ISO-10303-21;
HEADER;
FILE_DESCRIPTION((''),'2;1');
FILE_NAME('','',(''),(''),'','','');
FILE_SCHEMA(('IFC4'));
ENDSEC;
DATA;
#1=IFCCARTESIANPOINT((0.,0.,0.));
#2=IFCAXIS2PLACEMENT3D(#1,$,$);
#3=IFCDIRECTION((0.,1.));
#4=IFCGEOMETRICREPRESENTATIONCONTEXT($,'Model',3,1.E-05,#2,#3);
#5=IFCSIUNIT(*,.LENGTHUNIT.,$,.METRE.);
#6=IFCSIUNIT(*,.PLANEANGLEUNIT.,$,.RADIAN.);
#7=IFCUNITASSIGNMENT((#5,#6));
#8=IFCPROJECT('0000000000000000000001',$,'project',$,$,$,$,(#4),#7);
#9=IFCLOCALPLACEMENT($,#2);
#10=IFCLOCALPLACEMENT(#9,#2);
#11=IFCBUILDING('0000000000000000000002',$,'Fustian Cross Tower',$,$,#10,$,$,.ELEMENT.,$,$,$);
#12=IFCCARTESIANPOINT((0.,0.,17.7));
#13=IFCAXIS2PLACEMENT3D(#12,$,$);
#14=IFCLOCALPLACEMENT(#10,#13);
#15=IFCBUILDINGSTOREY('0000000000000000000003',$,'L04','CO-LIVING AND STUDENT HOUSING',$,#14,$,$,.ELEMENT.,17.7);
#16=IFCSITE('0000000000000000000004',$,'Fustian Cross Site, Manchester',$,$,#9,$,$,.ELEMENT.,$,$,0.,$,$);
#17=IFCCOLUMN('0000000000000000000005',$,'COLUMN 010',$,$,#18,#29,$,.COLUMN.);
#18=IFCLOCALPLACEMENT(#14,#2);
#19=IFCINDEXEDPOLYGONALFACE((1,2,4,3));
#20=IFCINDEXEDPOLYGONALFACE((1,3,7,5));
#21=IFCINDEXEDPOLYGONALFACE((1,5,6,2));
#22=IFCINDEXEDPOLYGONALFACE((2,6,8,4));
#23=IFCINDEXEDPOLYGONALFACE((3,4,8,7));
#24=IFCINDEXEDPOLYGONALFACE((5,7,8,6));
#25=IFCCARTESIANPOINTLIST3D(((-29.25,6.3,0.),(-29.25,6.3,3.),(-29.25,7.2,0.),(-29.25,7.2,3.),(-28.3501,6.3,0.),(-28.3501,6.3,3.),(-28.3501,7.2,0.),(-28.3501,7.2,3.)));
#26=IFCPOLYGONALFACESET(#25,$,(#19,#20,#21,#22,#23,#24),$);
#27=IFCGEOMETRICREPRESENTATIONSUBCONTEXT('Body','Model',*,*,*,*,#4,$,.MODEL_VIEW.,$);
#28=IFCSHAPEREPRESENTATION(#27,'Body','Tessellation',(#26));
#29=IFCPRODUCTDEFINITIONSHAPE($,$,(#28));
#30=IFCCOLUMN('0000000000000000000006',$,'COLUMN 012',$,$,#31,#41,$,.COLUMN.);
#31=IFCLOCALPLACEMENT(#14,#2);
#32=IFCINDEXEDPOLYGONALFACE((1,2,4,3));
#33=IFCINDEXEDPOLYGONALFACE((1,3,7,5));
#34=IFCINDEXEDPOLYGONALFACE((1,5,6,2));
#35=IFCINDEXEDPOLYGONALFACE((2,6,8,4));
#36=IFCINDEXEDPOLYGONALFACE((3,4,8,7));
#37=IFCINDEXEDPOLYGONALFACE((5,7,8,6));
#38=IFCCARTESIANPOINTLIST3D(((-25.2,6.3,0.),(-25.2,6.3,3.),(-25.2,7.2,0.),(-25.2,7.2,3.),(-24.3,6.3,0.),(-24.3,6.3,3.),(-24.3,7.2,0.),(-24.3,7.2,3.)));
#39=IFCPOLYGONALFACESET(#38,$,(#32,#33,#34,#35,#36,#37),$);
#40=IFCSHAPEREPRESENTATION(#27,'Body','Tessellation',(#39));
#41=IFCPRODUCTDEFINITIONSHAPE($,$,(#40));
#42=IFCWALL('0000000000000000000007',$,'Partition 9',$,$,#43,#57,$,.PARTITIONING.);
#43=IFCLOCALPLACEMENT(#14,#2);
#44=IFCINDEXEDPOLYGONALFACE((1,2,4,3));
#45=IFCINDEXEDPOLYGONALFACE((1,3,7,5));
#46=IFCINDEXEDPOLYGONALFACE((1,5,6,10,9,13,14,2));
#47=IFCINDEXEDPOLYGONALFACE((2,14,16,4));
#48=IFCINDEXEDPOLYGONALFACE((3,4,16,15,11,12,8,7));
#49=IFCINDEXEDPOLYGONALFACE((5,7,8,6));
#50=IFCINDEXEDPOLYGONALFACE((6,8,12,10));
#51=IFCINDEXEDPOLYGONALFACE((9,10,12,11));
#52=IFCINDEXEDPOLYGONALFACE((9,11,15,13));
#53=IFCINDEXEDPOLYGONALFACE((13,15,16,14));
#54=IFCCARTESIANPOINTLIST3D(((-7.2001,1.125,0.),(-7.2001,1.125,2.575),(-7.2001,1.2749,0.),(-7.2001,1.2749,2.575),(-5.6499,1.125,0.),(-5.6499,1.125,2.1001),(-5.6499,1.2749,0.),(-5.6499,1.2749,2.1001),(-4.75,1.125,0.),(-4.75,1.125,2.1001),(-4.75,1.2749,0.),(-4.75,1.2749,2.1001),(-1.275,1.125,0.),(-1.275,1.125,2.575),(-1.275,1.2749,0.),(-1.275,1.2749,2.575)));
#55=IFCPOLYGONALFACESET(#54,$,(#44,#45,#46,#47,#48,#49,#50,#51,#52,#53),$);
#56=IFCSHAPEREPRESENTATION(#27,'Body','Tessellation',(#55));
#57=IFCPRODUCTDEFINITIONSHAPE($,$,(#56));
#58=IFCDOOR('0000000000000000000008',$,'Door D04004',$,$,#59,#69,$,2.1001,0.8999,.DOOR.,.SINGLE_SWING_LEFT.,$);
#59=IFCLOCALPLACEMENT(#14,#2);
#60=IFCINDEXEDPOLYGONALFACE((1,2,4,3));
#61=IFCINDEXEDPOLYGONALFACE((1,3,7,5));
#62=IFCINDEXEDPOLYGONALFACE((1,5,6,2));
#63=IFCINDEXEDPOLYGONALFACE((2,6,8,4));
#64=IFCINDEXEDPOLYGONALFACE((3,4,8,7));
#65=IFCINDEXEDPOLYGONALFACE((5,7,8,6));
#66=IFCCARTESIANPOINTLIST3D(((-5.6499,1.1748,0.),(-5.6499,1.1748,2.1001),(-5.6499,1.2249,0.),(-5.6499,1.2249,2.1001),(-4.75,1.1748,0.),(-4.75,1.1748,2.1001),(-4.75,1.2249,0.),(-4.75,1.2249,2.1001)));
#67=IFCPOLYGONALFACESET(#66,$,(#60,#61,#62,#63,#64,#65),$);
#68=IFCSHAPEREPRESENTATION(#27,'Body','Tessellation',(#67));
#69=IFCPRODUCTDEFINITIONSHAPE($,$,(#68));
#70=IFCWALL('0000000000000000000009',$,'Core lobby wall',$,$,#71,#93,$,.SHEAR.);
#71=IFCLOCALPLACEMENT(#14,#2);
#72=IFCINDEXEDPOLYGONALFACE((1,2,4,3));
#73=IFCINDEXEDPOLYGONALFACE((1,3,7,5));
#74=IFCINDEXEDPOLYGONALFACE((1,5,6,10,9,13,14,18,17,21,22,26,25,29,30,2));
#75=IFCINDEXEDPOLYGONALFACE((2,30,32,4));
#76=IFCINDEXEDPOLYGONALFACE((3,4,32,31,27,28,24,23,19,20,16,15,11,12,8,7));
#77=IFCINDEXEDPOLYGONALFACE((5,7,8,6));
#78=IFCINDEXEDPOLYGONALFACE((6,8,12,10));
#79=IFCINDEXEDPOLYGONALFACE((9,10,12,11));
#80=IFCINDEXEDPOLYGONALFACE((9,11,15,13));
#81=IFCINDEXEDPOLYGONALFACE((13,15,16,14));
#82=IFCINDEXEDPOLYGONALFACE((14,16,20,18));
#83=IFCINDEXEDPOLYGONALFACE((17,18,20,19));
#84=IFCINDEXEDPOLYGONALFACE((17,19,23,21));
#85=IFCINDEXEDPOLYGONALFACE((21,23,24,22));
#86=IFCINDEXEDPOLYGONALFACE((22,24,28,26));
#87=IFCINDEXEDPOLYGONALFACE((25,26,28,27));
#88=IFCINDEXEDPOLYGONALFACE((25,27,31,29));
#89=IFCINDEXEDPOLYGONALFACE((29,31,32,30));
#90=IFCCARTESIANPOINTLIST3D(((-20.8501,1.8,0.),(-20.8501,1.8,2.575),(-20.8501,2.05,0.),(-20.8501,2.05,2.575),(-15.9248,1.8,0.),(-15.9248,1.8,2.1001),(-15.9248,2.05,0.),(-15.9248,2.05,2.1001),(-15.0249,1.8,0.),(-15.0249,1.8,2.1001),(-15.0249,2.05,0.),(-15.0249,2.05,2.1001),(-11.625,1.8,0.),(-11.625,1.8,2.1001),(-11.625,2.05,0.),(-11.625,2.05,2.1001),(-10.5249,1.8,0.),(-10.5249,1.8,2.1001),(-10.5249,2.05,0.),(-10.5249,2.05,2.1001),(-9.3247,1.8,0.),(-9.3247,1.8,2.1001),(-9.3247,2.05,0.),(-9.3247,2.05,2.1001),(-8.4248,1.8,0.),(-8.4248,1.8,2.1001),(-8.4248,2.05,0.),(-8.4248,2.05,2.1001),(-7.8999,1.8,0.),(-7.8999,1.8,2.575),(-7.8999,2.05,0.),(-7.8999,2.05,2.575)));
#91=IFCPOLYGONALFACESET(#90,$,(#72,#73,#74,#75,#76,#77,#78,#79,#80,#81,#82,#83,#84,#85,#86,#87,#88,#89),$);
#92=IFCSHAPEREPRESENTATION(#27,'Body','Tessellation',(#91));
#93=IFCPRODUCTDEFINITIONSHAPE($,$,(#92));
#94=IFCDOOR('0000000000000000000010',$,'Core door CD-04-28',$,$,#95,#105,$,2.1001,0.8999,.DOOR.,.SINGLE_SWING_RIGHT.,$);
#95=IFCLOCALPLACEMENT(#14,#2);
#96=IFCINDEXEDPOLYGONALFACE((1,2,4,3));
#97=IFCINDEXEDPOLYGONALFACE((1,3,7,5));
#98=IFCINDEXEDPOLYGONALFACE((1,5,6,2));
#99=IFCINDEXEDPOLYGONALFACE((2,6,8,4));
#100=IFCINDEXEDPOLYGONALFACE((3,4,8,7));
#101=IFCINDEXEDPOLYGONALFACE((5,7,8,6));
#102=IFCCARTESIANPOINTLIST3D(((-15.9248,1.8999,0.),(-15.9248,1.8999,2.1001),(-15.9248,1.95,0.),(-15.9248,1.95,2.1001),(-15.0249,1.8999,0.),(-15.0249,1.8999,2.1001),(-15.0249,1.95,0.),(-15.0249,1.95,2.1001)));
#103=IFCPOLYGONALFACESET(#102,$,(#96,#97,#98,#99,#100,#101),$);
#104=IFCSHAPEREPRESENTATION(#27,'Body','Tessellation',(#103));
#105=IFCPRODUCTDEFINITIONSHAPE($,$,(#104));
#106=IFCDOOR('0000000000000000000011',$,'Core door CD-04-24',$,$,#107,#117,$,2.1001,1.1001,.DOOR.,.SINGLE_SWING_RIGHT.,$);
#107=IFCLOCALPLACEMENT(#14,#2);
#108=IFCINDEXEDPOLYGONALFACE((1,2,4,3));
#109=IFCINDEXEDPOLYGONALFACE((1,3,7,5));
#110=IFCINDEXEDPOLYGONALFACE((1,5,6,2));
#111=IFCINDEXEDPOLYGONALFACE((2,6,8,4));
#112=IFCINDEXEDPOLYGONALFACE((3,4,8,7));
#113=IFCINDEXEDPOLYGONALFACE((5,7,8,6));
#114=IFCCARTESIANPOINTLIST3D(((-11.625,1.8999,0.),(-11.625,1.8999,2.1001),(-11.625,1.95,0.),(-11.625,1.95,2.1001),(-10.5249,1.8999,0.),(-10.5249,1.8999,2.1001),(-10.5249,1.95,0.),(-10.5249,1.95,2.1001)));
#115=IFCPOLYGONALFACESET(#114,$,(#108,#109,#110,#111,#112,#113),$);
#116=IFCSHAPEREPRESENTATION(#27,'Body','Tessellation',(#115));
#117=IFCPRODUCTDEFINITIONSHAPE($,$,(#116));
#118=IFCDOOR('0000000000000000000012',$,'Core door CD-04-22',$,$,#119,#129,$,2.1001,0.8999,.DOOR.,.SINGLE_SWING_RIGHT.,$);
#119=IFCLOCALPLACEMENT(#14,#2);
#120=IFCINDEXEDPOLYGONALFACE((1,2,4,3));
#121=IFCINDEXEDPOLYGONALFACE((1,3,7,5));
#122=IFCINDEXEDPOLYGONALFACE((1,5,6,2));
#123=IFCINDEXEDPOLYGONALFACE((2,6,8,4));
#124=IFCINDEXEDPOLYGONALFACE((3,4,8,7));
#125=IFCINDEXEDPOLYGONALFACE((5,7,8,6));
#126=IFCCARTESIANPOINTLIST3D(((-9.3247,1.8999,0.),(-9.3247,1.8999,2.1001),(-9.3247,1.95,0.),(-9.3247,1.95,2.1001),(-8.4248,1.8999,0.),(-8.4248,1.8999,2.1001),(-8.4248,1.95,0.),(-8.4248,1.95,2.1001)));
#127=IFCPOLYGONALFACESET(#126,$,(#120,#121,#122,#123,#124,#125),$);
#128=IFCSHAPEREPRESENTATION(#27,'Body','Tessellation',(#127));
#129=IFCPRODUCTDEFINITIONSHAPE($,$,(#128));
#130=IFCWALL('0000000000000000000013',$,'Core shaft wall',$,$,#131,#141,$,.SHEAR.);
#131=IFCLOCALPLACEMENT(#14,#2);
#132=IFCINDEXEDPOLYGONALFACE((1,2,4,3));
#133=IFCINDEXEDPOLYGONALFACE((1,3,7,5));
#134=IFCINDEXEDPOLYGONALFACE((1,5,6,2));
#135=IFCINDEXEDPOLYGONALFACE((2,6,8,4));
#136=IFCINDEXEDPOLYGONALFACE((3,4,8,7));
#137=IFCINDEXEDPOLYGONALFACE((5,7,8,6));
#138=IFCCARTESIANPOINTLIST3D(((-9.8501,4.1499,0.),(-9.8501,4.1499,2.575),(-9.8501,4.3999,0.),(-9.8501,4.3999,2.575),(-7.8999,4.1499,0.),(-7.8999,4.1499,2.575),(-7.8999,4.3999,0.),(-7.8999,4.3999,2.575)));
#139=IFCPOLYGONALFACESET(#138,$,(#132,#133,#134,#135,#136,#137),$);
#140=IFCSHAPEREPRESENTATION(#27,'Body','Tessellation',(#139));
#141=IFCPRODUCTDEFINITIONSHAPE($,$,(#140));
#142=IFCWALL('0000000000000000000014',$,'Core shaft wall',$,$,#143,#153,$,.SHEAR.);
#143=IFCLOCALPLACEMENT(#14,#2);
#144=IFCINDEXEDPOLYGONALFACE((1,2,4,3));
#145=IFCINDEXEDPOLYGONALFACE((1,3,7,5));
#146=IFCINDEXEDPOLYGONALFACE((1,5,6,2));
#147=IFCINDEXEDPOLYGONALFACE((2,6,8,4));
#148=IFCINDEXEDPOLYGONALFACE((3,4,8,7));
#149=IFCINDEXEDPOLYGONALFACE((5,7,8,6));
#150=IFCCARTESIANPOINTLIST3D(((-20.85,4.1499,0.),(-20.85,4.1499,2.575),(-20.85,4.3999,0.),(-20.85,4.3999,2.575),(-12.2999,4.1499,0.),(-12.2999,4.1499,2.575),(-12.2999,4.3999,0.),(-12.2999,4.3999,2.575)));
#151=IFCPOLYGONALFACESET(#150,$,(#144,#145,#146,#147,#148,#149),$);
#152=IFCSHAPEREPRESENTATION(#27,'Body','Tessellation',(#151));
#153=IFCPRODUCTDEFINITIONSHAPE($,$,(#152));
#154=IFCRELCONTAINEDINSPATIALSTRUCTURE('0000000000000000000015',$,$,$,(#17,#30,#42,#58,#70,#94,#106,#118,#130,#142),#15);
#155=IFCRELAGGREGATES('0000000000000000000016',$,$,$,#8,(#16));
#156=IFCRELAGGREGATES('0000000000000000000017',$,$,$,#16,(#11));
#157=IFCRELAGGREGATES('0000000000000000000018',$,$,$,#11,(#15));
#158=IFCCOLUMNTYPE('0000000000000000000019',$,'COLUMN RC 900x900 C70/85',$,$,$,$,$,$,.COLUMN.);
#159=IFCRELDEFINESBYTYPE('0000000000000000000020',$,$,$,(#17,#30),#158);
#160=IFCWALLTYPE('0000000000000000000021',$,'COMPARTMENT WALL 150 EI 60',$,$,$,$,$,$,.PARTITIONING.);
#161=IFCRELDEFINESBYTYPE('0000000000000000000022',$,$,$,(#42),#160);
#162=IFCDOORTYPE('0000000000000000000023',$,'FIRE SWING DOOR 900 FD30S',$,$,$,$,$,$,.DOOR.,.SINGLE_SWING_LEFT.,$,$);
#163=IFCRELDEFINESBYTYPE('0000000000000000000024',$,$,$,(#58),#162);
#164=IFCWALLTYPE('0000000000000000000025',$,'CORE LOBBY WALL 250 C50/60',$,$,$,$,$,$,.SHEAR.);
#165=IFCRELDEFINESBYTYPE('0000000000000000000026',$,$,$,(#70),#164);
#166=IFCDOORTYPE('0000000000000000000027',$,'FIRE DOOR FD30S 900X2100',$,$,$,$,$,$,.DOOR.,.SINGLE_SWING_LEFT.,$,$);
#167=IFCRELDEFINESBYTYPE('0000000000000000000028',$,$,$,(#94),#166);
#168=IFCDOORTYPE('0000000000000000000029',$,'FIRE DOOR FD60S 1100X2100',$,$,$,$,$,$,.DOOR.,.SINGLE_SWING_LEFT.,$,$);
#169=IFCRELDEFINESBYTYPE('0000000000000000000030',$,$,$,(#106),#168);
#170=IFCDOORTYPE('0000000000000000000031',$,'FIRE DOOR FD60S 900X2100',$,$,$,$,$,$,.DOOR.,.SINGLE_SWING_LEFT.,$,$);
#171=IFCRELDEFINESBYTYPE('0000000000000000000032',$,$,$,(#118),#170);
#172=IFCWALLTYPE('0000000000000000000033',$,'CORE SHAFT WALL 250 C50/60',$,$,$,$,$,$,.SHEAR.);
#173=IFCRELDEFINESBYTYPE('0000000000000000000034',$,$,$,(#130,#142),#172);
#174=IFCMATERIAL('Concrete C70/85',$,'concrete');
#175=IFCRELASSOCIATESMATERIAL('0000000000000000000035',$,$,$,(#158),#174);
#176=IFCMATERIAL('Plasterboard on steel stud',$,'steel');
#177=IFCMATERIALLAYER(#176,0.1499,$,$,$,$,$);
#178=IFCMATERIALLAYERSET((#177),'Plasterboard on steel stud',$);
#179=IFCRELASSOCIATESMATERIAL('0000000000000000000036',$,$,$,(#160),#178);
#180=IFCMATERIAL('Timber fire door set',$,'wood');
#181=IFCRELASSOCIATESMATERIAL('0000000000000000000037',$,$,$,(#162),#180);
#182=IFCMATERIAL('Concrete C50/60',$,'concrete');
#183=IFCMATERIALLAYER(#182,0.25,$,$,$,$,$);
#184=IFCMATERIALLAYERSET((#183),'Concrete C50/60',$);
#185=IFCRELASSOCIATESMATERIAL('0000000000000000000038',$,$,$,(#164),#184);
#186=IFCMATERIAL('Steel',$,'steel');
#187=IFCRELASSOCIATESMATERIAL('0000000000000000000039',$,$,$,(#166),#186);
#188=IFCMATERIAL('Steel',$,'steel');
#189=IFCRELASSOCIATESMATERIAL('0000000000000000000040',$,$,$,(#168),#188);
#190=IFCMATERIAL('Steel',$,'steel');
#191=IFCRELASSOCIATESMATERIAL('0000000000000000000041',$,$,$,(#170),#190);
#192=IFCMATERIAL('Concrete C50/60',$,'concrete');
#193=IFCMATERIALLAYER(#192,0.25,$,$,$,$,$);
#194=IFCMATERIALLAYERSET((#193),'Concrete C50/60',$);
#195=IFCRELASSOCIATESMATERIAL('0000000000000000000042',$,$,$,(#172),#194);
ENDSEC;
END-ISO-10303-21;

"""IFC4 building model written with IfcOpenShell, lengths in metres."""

from ifc_helpers import new_model, si_unit, direction, frame, frame_2d, origin, origin_2d, place, context, subcontext, project, spatial, rectangle, extrude, material, layer, layer_set, material_profile, profile_set, type_object, element, fill, save


model = new_model("IFC4")

# Units and contexts
model_context = context("Model", 3, precision=1e-05, world=origin(), true_north=direction((0.0, 1.0)))
body_context = subcontext(model_context, "Body", "Model", "MODEL_VIEW")
ifc_project = project(units=[si_unit("LENGTHUNIT", "METRE"), si_unit("PLANEANGLEUNIT", "RADIAN")], contexts=[model_context])

# Site, building, storey
site_placement = place(None, origin())
site = spatial("IfcSite", under=ifc_project, at=site_placement, Name="Fustian Cross Site, Manchester", CompositionType="ELEMENT", RefElevation=0.0)
building_placement = place(site_placement, origin())
building = spatial("IfcBuilding", under=site, at=building_placement, Name="Fustian Cross Tower", CompositionType="ELEMENT")
storey_placement = place(building_placement, frame((0.0, 0.0, 17.7)))
storey = spatial("IfcBuildingStorey", under=building, at=storey_placement, Name="L04", Description="CO-LIVING AND STUDENT HOUSING", CompositionType="ELEMENT", Elevation=17.7)

# Columns
ifc_material_1 = material(Name="Concrete C70/85", Category="concrete")
ifc_material_profile = material_profile(ifc_material_1, rectangle(XDim=0.8999, YDim=0.8999, at=origin_2d()), Name="RC 900x900")
ifc_profile_set = profile_set([ifc_material_profile], Name="Concrete C70/85")
column_type = type_object("IfcColumnType", Name="COLUMN RC 900x900 C70/85", PredefinedType="COLUMN", material=ifc_profile_set)
for number, where, z_axis, x_axis, name in (
    (1, (-28.8, 6.75, 0.0), (0.0, 0.0, 1.0), (1.0, 0.0, 0.0), "COLUMN 010"),
    (2, (-24.75, 6.75, 0.0), (0.0, 0.0, 1.0), (1.0, 0.0, 0.0), "COLUMN 012"),
):
    element("IfcColumn", number, at=place(storey_placement, frame(where, z_axis=z_axis, x_axis=x_axis)), inside=storey, type_object=column_type, Name=name, PredefinedType="COLUMN", context=body_context, shape_type="SweptSolid", body=[
        extrude(rectangle(XDim=0.8999, YDim=0.8999, at=origin_2d()), origin(), (0.0, 0.0, 1.0), 3.0),
    ])

# Wall, opening, door
ifc_material_2 = material(Name="Plasterboard on steel stud", Category="steel")
ifc_layer_1 = layer(ifc_material_2, 0.1499)
ifc_layer_set_1 = layer_set([ifc_layer_1], Name="Plasterboard on steel stud")
wall_type_1 = type_object("IfcWallType", Name="COMPARTMENT WALL 150 EI 60", PredefinedType="PARTITIONING", material=ifc_layer_set_1)
wall_1_placement = place(storey_placement, frame((-7.2, 1.2, 0.0), z_axis=(0.0, 0.0, 1.0), x_axis=(1.0, 0.0, 0.0)))
wall_1 = element("IfcWall", 3, at=wall_1_placement, inside=storey, type_object=wall_type_1, Name="Partition 9", PredefinedType="PARTITIONING", context=body_context, shape_type="SweptSolid", body=[
    extrude(rectangle(XDim=5.925, YDim=0.1499, at=frame_2d((2.9624, 0.0))), origin(), (0.0, 0.0, 1.0), 2.575),
])
opening_1_placement = place(wall_1_placement, frame((1.55, 0.0, 0.0)))
opening_1 = element("IfcOpeningElement", 4, at=opening_1_placement, cuts=wall_1, PredefinedType="OPENING", context=body_context, shape_type="SweptSolid", body=[
    extrude(rectangle(XDim=0.8999, YDim=2.1001, at=frame_2d((0.45, 1.05))), frame((0.0, 0.085, 0.0), z_axis=(0.0, -1.0, 0.0), x_axis=(1.0, 0.0, 0.0)), (0.0, 0.0, 1.0), 0.1699),
])
ifc_material_3 = material(Name="Timber fire door set", Category="wood")
door_type_1 = type_object("IfcDoorType", Name="FIRE SWING DOOR 900 FD30S", OperationType="SINGLE_SWING_LEFT", PredefinedType="DOOR", material=ifc_material_3)
door_1_placement = place(opening_1_placement, origin())
door_1 = element("IfcDoor", 5, at=door_1_placement, inside=storey, type_object=door_type_1, Name="Door D04004", OperationType="SINGLE_SWING_LEFT", OverallHeight=2.1001, OverallWidth=0.8999, PredefinedType="DOOR", context=body_context, shape_type="SweptSolid", body=[
    extrude(rectangle(XDim=0.8999, YDim=2.1001, at=frame_2d((0.45, 1.05))), frame((0.0, 0.0249, 0.0), z_axis=(0.0, -1.0, 0.0), x_axis=(1.0, 0.0, 0.0)), (0.0, 0.0, 1.0), 0.05),
])
fill(opening_1, door_1)

# Wall, openings, doors
ifc_material_4 = material(Name="Concrete C50/60", Category="concrete")
ifc_layer_2 = layer(ifc_material_4, 0.25)
ifc_layer_set_2 = layer_set([ifc_layer_2], Name="Concrete C50/60")
wall_type_2 = type_object("IfcWallType", Name="CORE LOBBY WALL 250 C50/60", PredefinedType="SHEAR", material=ifc_layer_set_2)
wall_2_placement = place(storey_placement, frame((-7.8999, 1.925, 0.0), z_axis=(0.0, 0.0, 1.0), x_axis=(-1.0, 0.0, 0.0)))
wall_2 = element("IfcWall", 6, at=wall_2_placement, inside=storey, type_object=wall_type_2, Name="Core lobby wall", PredefinedType="SHEAR", context=body_context, shape_type="SweptSolid", body=[
    extrude(rectangle(XDim=12.9502, YDim=0.25, at=frame_2d((6.4751, 0.0))), origin(), (0.0, 0.0, 1.0), 2.575),
])
opening_2_placement = place(wall_2_placement, frame((0.5249, 0.0, 0.0)))
opening_2 = element("IfcOpeningElement", 7, at=opening_2_placement, cuts=wall_2, PredefinedType="OPENING", context=body_context, shape_type="SweptSolid", body=[
    extrude(rectangle(XDim=0.8999, YDim=2.1001, at=frame_2d((0.45, 1.05))), frame((0.0, 0.135, 0.0), z_axis=(0.0, -1.0, 0.0), x_axis=(1.0, 0.0, 0.0)), (0.0, 0.0, 1.0), 0.27),
])
opening_3_placement = place(wall_2_placement, frame((2.625, 0.0, 0.0)))
opening_3 = element("IfcOpeningElement", 8, at=opening_3_placement, cuts=wall_2, PredefinedType="OPENING", context=body_context, shape_type="SweptSolid", body=[
    extrude(rectangle(XDim=1.1001, YDim=2.1001, at=frame_2d((0.55, 1.05))), frame((0.0, 0.135, 0.0), z_axis=(0.0, -1.0, 0.0), x_axis=(1.0, 0.0, 0.0)), (0.0, 0.0, 1.0), 0.27),
])
opening_4_placement = place(wall_2_placement, frame((7.125, 0.0, 0.0)))
opening_4 = element("IfcOpeningElement", 9, at=opening_4_placement, cuts=wall_2, PredefinedType="OPENING", context=body_context, shape_type="SweptSolid", body=[
    extrude(rectangle(XDim=0.8999, YDim=2.1001, at=frame_2d((0.45, 1.05))), frame((0.0, 0.135, 0.0), z_axis=(0.0, -1.0, 0.0), x_axis=(1.0, 0.0, 0.0)), (0.0, 0.0, 1.0), 0.27),
])
ifc_material_5 = material(Name="Steel", Category="steel")
door_type_2 = type_object("IfcDoorType", Name="FIRE DOOR FD30S 900X2100", OperationType="SINGLE_SWING_LEFT", PredefinedType="DOOR", material=ifc_material_5)
door_2_placement = place(opening_4_placement, frame((0.8999, 0.0, 0.0), z_axis=(0.0, 0.0, 1.0), x_axis=(-1.0, 0.0, 0.0)))
door_2 = element("IfcDoor", 10, at=door_2_placement, inside=storey, type_object=door_type_2, Name="Core door CD-04-28", OperationType="SINGLE_SWING_RIGHT", OverallHeight=2.1001, OverallWidth=0.8999, PredefinedType="DOOR", context=body_context, shape_type="SweptSolid", body=[
    extrude(rectangle(XDim=0.8999, YDim=2.1001, at=frame_2d((0.45, 1.05))), frame((0.0, 0.0249, 0.0), z_axis=(0.0, -1.0, 0.0), x_axis=(1.0, 0.0, 0.0)), (0.0, 0.0, 1.0), 0.05),
])
fill(opening_4, door_2)
ifc_material_6 = material(Name="Steel", Category="steel")
door_type_3 = type_object("IfcDoorType", Name="FIRE DOOR FD60S 1100X2100", OperationType="SINGLE_SWING_LEFT", PredefinedType="DOOR", material=ifc_material_6)
door_3_placement = place(opening_3_placement, frame((1.1001, 0.0, 0.0), z_axis=(0.0, 0.0, 1.0), x_axis=(-1.0, 0.0, 0.0)))
door_3 = element("IfcDoor", 11, at=door_3_placement, inside=storey, type_object=door_type_3, Name="Core door CD-04-24", OperationType="SINGLE_SWING_RIGHT", OverallHeight=2.1001, OverallWidth=1.1001, PredefinedType="DOOR", context=body_context, shape_type="SweptSolid", body=[
    extrude(rectangle(XDim=1.1001, YDim=2.1001, at=frame_2d((0.55, 1.05))), frame((0.0, 0.0249, 0.0), z_axis=(0.0, -1.0, 0.0), x_axis=(1.0, 0.0, 0.0)), (0.0, 0.0, 1.0), 0.05),
])
fill(opening_3, door_3)
ifc_material_7 = material(Name="Steel", Category="steel")
door_type_4 = type_object("IfcDoorType", Name="FIRE DOOR FD60S 900X2100", OperationType="SINGLE_SWING_LEFT", PredefinedType="DOOR", material=ifc_material_7)
door_4_placement = place(opening_2_placement, frame((0.8999, 0.0, 0.0), z_axis=(0.0, 0.0, 1.0), x_axis=(-1.0, 0.0, 0.0)))
door_4 = element("IfcDoor", 12, at=door_4_placement, inside=storey, type_object=door_type_4, Name="Core door CD-04-22", OperationType="SINGLE_SWING_RIGHT", OverallHeight=2.1001, OverallWidth=0.8999, PredefinedType="DOOR", context=body_context, shape_type="SweptSolid", body=[
    extrude(rectangle(XDim=0.8999, YDim=2.1001, at=frame_2d((0.45, 1.05))), frame((0.0, 0.0249, 0.0), z_axis=(0.0, -1.0, 0.0), x_axis=(1.0, 0.0, 0.0)), (0.0, 0.0, 1.0), 0.05),
])
fill(opening_2, door_4)

# Walls
ifc_material_8 = material(Name="Concrete C50/60", Category="concrete")
ifc_layer_3 = layer(ifc_material_8, 0.25)
ifc_layer_set_3 = layer_set([ifc_layer_3], Name="Concrete C50/60")
wall_type_3 = type_object("IfcWallType", Name="CORE SHAFT WALL 250 C50/60", PredefinedType="SHEAR", material=ifc_layer_set_3)
wall_3_placement = place(storey_placement, frame((-7.8999, 4.2749, 0.0), z_axis=(0.0, 0.0, 1.0), x_axis=(-1.0, 0.0, 0.0)))
element("IfcWall", 13, at=wall_3_placement, inside=storey, type_object=wall_type_3, Name="Core shaft wall", PredefinedType="SHEAR", context=body_context, shape_type="SweptSolid", body=[
    extrude(rectangle(XDim=1.9502, YDim=0.25, at=frame_2d((0.9751, 0.0))), origin(), (0.0, 0.0, 1.0), 2.575),
])
wall_4_placement = place(storey_placement, frame((-12.3, 4.2749, 0.0), z_axis=(0.0, 0.0, 1.0), x_axis=(-1.0, 0.0, 0.0)))
element("IfcWall", 14, at=wall_4_placement, inside=storey, type_object=wall_type_3, Name="Core shaft wall", PredefinedType="SHEAR", context=body_context, shape_type="SweptSolid", body=[
    extrude(rectangle(XDim=8.55, YDim=0.25, at=frame_2d((4.2749, 0.0))), origin(), (0.0, 0.0, 1.0), 2.575),
])

save(model, "model.ifc")
